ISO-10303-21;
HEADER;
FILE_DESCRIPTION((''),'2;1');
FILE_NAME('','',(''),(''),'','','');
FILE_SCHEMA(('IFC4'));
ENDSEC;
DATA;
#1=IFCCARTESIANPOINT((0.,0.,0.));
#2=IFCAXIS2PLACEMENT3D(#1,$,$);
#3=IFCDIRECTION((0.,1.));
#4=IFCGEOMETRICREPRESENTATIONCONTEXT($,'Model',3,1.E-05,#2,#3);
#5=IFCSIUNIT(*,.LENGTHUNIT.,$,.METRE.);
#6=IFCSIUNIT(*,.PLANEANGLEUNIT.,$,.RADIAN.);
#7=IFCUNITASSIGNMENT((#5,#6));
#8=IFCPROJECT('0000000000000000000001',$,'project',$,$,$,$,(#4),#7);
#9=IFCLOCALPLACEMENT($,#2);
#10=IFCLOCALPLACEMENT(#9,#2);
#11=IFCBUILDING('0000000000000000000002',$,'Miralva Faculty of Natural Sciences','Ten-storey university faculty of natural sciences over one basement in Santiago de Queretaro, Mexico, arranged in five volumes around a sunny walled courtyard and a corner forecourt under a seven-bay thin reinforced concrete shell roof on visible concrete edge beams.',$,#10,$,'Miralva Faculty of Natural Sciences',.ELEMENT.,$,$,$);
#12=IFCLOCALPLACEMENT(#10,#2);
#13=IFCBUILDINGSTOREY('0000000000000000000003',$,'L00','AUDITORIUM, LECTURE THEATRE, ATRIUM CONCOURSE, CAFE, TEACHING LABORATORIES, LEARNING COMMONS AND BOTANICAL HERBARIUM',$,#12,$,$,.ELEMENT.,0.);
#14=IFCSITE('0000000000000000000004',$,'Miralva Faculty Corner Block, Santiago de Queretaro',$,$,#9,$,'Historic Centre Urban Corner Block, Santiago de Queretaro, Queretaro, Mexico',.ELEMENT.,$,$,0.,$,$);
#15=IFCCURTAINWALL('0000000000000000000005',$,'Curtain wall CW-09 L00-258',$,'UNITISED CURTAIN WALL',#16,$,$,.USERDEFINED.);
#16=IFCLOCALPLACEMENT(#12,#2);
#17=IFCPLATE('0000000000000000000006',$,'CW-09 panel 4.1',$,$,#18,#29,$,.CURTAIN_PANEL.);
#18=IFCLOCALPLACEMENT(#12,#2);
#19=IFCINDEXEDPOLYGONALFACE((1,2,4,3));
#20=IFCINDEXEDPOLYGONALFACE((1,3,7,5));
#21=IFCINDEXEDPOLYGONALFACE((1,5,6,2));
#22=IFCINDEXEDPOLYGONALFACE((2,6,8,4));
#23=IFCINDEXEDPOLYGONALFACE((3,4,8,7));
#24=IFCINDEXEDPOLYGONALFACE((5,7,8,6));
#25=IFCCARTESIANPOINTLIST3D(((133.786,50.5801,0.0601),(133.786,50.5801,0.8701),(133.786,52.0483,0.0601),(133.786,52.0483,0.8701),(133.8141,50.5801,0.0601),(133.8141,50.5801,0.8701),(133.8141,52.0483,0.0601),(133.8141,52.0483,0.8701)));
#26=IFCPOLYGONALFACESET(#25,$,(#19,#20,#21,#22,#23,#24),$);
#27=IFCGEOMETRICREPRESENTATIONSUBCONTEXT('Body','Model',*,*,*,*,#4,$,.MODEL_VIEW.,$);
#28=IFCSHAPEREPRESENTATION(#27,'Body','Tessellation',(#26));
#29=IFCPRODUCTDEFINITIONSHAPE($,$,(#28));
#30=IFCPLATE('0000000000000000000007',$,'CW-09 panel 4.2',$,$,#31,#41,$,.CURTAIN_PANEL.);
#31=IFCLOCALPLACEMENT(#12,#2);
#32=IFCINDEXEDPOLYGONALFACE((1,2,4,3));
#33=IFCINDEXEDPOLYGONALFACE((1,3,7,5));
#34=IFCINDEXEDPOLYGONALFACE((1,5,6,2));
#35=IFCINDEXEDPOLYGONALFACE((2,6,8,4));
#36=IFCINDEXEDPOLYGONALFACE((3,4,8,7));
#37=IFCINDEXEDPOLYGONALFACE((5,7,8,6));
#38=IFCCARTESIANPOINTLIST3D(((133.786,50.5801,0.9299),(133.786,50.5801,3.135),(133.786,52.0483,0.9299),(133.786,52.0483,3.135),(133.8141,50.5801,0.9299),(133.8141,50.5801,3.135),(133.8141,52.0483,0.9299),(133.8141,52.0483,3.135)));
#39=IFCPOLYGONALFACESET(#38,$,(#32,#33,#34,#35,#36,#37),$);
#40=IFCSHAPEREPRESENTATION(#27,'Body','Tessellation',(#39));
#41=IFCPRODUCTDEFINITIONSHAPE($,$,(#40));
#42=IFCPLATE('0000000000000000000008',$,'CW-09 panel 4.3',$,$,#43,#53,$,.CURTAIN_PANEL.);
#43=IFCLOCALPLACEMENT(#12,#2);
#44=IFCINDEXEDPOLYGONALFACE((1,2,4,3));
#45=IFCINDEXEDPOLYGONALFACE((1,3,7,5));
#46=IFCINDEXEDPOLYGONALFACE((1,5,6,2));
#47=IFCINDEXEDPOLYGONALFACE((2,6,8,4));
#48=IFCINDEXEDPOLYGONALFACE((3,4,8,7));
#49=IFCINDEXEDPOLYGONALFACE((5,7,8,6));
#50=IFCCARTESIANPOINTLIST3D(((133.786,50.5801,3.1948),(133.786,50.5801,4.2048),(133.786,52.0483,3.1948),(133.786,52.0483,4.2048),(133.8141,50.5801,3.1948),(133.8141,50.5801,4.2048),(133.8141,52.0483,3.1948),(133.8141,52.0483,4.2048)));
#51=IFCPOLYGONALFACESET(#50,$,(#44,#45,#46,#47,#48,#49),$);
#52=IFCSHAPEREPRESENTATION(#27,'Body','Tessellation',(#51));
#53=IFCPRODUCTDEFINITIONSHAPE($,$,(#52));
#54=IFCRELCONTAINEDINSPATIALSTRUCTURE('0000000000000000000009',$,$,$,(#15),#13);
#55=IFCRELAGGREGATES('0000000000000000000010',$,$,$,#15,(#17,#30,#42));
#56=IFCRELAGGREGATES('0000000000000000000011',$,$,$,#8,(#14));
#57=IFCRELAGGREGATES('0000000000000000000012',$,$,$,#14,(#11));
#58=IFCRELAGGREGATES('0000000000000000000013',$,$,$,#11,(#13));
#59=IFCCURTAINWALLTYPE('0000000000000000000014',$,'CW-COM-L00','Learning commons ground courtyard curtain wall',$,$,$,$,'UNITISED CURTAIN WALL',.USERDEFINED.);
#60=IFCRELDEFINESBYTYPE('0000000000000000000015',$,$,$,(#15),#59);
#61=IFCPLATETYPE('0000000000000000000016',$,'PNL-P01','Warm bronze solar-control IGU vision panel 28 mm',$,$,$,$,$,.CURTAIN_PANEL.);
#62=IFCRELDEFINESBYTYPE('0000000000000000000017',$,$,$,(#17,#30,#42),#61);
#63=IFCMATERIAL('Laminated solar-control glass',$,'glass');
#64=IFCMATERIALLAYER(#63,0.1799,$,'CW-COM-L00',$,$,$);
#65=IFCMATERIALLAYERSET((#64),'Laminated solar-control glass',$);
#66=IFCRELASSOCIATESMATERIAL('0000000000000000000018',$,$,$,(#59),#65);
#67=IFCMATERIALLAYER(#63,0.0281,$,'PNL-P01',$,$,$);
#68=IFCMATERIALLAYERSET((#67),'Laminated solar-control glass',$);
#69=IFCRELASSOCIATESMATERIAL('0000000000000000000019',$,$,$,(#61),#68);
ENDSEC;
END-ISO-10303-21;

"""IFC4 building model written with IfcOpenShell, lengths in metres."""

from ifc_helpers import new_model, si_unit, direction, frame, origin, origin_2d, place, context, subcontext, project, spatial, rectangle, extrude, material, layer, layer_set, type_object, element, aggregate, save


model = new_model("IFC4")

# Units and contexts
model_context = context("Model", 3, precision=1e-05, world=origin(), true_north=direction((0.0, 1.0)))
body_context = subcontext(model_context, "Body", "Model", "MODEL_VIEW")
ifc_project = project(units=[si_unit("LENGTHUNIT", "METRE"), si_unit("PLANEANGLEUNIT", "RADIAN")], contexts=[model_context])

# Site, building, storey
site_placement = place(None, origin())
site = spatial("IfcSite", under=ifc_project, at=site_placement, Name="Miralva Faculty Corner Block, Santiago de Queretaro", LongName="Historic Centre Urban Corner Block, Santiago de Queretaro, Queretaro, Mexico", CompositionType="ELEMENT", RefElevation=0.0)
building_placement = place(site_placement, origin())
building = spatial("IfcBuilding", under=site, at=building_placement, Name="Miralva Faculty of Natural Sciences", Description="Ten-storey university faculty of natural sciences over one basement in Santiago de Queretaro, Mexico, arranged in five volumes around a sunny walled courtyard and a corner forecourt under a seven-bay thin reinforced concrete shell roof on visible concrete edge beams.", LongName="Miralva Faculty of Natural Sciences", CompositionType="ELEMENT")
storey_placement = place(building_placement, origin())
storey = spatial("IfcBuildingStorey", under=building, at=storey_placement, Name="L00", Description="AUDITORIUM, LECTURE THEATRE, ATRIUM CONCOURSE, CAFE, TEACHING LABORATORIES, LEARNING COMMONS AND BOTANICAL HERBARIUM", CompositionType="ELEMENT", Elevation=0.0)

# Curtain wall, plates
ifc_material_1 = material(Name="Laminated solar-control glass", Category="glass")
ifc_layer_1 = layer(ifc_material_1, 0.1799, Name="CW-COM-L00")
ifc_layer_set_1 = layer_set([ifc_layer_1], Name="Laminated solar-control glass")
curtain_wall_type = type_object("IfcCurtainWallType", Name="CW-COM-L00", Description="Learning commons ground courtyard curtain wall", ElementType="UNITISED CURTAIN WALL", PredefinedType="USERDEFINED", material=ifc_layer_set_1)
curtain_wall_placement = place(storey_placement, origin())
curtain_wall = element("IfcCurtainWall", 1, at=curtain_wall_placement, inside=storey, type_object=curtain_wall_type, Name="Curtain wall CW-09 L00-258", ObjectType="UNITISED CURTAIN WALL", PredefinedType="USERDEFINED")
ifc_layer_2 = layer(ifc_material_1, 0.0281, Name="PNL-P01")
ifc_layer_set_2 = layer_set([ifc_layer_2], Name="Laminated solar-control glass")
plate_type = type_object("IfcPlateType", Name="PNL-P01", Description="Warm bronze solar-control IGU vision panel 28 mm", PredefinedType="CURTAIN_PANEL", material=ifc_layer_set_2)
plate_1_placement = place(storey_placement, frame((133.8, 51.3142, 0.0601), z_axis=(0.0, 0.0, 1.0), x_axis=(0.0, 1.0, 0.0)))
plate_1 = element("IfcPlate", 2, at=plate_1_placement, type_object=plate_type, Name="CW-09 panel 4.1", PredefinedType="CURTAIN_PANEL", context=body_context, shape_type="SweptSolid", body=[
    extrude(rectangle(XDim=1.4683, YDim=0.0281, at=origin_2d()), origin(), (0.0, 0.0, 1.0), 0.8101),
])
plate_2_placement = place(storey_placement, frame((133.8, 51.3142, 0.9299), z_axis=(0.0, 0.0, 1.0), x_axis=(0.0, 1.0, 0.0)))
plate_2 = element("IfcPlate", 3, at=plate_2_placement, type_object=plate_type, Name="CW-09 panel 4.2", PredefinedType="CURTAIN_PANEL", context=body_context, shape_type="SweptSolid", body=[
    extrude(rectangle(XDim=1.4683, YDim=0.0281, at=origin_2d()), origin(), (0.0, 0.0, 1.0), 2.2051),
])
plate_3_placement = place(storey_placement, frame((133.8, 51.3142, 3.1948), z_axis=(0.0, 0.0, 1.0), x_axis=(0.0, 1.0, 0.0)))
plate_3 = element("IfcPlate", 4, at=plate_3_placement, type_object=plate_type, Name="CW-09 panel 4.3", PredefinedType="CURTAIN_PANEL", context=body_context, shape_type="SweptSolid", body=[
    extrude(rectangle(XDim=1.4683, YDim=0.0281, at=origin_2d()), origin(), (0.0, 0.0, 1.0), 1.01),
])
aggregate(curtain_wall, [plate_1, plate_2, plate_3])

save(model, "model.ifc")
